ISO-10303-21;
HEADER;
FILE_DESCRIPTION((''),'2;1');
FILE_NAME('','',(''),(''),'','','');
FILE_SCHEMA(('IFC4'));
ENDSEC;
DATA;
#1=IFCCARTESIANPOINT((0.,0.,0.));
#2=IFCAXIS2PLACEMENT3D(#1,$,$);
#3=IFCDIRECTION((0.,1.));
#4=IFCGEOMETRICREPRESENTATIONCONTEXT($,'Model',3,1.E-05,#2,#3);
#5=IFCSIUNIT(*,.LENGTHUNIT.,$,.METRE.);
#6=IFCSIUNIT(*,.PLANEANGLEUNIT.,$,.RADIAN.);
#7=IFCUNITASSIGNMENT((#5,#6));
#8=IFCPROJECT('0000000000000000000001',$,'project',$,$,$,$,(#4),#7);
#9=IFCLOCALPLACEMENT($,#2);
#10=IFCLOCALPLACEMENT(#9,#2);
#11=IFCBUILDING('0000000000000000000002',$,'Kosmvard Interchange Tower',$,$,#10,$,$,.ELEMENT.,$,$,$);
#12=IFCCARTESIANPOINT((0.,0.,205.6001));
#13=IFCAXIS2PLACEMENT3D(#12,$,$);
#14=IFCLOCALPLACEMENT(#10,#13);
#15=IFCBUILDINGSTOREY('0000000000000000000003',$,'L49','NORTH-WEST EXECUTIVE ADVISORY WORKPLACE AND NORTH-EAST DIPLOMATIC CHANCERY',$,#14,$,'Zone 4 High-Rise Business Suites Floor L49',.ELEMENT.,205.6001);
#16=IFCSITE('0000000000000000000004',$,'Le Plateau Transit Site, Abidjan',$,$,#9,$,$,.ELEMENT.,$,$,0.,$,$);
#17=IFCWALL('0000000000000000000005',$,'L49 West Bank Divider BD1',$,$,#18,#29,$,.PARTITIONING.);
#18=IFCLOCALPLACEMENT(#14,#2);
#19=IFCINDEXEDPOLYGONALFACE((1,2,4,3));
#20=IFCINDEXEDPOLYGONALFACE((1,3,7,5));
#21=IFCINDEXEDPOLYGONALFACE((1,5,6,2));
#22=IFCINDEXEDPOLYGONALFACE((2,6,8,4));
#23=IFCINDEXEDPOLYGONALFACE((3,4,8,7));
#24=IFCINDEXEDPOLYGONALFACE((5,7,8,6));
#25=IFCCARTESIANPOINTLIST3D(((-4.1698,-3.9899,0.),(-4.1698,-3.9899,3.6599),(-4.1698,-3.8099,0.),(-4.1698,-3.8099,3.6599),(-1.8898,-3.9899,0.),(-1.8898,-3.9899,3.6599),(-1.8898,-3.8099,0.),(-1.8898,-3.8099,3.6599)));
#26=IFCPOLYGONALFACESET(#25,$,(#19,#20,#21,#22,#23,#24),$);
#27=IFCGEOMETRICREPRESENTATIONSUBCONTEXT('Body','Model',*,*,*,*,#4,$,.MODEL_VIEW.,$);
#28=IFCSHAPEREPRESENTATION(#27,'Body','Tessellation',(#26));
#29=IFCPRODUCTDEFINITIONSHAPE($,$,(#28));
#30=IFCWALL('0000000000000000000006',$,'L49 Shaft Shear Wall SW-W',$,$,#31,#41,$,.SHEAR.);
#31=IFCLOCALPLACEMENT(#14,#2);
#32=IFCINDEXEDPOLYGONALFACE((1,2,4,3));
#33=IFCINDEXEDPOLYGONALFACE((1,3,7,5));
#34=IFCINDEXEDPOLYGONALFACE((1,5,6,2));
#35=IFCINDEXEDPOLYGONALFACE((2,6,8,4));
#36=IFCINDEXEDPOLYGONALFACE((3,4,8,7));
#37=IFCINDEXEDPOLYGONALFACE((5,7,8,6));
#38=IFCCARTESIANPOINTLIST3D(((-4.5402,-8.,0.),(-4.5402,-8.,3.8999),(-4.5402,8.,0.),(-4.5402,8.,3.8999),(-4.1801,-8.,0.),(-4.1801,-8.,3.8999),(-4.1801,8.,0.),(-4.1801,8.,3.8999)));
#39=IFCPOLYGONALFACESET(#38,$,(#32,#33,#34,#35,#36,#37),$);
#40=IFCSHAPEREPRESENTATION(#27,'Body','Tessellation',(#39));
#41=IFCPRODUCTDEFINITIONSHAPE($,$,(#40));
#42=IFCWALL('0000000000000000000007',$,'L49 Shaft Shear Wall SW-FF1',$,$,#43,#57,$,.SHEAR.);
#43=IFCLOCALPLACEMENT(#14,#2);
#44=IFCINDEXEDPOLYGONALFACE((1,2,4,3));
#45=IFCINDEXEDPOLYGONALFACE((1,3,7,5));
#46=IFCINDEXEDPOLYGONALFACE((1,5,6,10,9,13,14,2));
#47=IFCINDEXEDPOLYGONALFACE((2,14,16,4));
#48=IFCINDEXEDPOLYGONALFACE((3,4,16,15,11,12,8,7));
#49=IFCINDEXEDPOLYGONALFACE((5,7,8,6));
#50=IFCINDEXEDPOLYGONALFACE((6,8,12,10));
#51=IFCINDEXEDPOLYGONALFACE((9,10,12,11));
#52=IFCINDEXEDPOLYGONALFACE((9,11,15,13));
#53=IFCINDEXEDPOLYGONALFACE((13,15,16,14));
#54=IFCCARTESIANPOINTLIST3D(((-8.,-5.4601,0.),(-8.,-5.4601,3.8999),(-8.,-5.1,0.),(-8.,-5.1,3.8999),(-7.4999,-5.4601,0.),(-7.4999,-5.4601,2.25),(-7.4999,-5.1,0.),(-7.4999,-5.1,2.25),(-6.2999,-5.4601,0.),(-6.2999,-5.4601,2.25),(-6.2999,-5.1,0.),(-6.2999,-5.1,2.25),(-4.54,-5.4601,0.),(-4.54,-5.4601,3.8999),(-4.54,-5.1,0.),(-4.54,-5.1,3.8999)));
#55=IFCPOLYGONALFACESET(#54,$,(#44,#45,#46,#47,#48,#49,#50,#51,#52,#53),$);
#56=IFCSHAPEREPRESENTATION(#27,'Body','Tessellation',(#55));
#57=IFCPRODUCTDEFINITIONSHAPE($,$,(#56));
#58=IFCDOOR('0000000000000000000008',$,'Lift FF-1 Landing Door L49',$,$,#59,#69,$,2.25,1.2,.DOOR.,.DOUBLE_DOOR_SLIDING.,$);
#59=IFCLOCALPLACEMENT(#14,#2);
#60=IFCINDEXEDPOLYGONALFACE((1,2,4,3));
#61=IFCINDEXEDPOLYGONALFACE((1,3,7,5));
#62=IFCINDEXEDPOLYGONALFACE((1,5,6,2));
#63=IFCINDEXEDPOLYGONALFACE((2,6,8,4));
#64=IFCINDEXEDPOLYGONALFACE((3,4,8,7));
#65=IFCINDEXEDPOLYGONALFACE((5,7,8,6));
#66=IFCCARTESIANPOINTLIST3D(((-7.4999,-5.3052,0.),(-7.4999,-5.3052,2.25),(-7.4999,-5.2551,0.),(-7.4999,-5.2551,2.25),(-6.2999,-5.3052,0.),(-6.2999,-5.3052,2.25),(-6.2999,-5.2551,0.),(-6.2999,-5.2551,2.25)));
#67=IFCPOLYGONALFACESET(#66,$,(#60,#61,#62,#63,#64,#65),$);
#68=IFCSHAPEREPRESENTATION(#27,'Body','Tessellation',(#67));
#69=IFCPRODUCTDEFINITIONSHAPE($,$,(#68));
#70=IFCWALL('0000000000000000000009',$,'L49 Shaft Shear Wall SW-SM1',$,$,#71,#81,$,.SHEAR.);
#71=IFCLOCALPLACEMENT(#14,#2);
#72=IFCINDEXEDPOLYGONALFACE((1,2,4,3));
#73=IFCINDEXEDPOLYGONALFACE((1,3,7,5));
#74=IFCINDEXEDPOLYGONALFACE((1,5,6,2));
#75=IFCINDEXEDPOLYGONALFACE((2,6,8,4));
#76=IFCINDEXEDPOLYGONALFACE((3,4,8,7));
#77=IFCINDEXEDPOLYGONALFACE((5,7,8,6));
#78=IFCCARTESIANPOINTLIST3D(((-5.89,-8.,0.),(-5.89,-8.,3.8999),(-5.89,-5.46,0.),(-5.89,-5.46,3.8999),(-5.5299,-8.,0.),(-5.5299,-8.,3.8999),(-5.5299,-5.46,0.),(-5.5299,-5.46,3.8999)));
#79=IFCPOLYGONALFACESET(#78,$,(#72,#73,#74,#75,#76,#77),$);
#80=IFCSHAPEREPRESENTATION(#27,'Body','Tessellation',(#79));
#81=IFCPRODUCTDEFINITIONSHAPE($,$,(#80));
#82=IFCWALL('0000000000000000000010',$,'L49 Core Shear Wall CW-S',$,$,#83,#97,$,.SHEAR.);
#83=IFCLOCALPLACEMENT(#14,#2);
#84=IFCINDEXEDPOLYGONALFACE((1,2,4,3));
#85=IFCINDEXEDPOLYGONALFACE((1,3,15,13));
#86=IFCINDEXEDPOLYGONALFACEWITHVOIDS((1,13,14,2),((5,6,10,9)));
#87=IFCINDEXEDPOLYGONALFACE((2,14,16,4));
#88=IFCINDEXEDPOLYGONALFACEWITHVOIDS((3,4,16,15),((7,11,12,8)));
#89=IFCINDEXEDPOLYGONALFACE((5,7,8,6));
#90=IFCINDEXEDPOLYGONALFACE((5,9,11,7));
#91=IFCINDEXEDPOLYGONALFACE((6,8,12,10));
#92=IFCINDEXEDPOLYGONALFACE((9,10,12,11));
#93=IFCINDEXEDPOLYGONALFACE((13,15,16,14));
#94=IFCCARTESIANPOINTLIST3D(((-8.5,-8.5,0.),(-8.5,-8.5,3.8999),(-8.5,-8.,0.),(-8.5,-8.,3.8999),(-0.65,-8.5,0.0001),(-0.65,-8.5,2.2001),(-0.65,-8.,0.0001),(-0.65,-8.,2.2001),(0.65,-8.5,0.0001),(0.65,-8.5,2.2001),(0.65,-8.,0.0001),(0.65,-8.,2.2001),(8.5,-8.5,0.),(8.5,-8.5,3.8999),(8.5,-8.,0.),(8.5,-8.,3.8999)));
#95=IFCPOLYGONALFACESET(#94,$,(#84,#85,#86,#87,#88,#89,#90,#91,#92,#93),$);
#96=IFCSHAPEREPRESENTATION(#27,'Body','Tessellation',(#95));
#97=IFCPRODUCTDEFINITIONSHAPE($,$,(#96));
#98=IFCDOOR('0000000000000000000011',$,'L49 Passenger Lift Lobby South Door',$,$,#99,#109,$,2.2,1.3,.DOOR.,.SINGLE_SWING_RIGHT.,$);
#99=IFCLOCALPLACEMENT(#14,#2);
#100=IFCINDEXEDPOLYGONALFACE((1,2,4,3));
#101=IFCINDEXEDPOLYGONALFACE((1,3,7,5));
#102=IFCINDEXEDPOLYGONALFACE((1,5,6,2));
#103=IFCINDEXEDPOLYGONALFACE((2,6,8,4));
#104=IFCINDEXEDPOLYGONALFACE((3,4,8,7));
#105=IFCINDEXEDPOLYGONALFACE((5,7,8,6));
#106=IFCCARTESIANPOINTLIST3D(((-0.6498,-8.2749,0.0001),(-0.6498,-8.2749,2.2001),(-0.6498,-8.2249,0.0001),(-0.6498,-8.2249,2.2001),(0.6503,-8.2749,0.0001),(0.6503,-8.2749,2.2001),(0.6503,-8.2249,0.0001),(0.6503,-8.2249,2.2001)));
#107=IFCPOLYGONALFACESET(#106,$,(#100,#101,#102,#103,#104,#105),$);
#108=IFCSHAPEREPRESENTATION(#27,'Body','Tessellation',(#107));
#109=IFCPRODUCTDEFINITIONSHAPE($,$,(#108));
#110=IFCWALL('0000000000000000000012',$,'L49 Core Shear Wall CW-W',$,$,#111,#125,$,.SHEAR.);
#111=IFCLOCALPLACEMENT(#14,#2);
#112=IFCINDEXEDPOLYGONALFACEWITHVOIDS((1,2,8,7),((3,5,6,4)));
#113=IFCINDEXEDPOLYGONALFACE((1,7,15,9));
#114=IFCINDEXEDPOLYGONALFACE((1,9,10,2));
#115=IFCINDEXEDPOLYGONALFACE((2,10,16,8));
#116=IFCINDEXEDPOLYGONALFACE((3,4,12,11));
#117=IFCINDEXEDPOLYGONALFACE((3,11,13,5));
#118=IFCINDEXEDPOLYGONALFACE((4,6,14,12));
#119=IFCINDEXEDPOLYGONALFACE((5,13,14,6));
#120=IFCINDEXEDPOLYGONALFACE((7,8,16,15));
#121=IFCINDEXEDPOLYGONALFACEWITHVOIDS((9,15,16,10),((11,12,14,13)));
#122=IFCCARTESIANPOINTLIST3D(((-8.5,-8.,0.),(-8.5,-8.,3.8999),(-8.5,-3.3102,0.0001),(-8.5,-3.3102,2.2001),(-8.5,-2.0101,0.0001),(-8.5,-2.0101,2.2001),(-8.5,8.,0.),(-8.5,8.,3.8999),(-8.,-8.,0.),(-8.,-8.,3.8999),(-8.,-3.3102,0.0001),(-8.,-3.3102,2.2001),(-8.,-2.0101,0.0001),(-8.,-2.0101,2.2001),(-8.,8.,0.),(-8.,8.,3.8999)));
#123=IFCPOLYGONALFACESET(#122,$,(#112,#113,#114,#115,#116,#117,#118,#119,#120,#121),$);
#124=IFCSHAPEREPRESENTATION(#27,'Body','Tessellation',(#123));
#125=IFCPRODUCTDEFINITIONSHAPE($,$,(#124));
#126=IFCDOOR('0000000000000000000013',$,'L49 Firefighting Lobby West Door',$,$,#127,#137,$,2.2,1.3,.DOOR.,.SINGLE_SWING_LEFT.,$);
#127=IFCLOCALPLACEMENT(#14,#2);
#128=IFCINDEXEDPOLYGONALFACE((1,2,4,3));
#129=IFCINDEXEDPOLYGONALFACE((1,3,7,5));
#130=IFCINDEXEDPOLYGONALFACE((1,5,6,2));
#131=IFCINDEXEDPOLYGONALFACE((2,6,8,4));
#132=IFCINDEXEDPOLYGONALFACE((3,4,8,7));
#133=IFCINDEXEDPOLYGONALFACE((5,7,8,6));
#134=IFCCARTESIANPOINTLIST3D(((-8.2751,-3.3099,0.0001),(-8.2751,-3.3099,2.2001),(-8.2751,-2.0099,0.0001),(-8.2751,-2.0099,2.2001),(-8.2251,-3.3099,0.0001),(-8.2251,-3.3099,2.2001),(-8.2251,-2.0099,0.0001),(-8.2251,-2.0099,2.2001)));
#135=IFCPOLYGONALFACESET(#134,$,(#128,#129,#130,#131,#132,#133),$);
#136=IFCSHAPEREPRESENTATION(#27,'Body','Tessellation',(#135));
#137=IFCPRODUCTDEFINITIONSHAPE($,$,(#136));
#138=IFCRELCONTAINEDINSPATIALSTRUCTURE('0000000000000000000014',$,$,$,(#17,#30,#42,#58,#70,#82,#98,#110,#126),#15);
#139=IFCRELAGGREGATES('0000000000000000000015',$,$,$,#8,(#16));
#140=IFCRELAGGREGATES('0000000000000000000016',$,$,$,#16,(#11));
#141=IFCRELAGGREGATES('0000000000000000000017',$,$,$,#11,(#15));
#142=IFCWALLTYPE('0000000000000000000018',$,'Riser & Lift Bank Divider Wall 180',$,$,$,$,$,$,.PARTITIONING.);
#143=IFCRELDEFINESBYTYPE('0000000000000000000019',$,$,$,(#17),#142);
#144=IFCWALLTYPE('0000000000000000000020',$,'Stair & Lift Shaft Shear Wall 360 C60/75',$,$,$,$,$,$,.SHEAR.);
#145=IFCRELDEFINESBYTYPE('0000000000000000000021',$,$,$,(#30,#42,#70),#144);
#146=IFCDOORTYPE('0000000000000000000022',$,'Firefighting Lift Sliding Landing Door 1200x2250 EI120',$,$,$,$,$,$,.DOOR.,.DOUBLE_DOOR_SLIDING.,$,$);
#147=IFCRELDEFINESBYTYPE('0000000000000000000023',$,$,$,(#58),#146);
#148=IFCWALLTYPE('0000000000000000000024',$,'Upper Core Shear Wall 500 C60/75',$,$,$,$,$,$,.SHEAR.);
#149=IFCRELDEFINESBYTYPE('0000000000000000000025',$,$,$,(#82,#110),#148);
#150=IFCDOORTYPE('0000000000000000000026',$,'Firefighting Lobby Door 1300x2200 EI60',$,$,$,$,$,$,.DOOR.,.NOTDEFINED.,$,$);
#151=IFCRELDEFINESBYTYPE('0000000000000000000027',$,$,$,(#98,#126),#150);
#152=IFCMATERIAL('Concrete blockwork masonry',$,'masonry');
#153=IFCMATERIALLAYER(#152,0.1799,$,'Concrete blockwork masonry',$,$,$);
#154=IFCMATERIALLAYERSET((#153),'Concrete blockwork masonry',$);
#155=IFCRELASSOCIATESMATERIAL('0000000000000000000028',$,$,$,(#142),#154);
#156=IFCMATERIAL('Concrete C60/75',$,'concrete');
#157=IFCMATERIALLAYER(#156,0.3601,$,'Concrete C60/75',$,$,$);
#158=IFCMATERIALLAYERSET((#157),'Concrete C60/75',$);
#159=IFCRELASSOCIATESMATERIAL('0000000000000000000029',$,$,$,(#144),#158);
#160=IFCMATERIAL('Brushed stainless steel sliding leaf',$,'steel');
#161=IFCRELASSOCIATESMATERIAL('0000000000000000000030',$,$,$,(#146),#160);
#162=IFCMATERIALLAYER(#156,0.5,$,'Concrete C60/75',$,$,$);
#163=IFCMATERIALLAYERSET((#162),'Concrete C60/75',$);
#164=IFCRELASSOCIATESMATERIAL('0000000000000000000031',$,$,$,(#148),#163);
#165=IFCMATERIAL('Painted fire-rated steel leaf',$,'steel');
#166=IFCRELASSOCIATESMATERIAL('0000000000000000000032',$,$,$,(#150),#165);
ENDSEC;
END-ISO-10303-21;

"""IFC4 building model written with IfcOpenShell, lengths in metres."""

from ifc_helpers import new_model, si_unit, direction, frame, frame_2d, origin, place, context, subcontext, project, spatial, rectangle, extrude, source, transform, mapped, material, layer, layer_set, type_object, element, fill, save


model = new_model("IFC4")

# Units and contexts
model_context = context("Model", 3, precision=1e-05, world=origin(), true_north=direction((0.0, 1.0)))
body_context = subcontext(model_context, "Body", "Model", "MODEL_VIEW")
ifc_project = project(units=[si_unit("LENGTHUNIT", "METRE"), si_unit("PLANEANGLEUNIT", "RADIAN")], contexts=[model_context])

# Site, building, storey
site_placement = place(None, origin())
site = spatial("IfcSite", under=ifc_project, at=site_placement, Name="Le Plateau Transit Site, Abidjan", CompositionType="ELEMENT", RefElevation=0.0)
building_placement = place(site_placement, origin())
building = spatial("IfcBuilding", under=site, at=building_placement, Name="Kosmvard Interchange Tower", CompositionType="ELEMENT")
storey_placement = place(building_placement, frame((0.0, 0.0, 205.6001)))
storey = spatial("IfcBuildingStorey", under=building, at=storey_placement, Name="L49", Description="NORTH-WEST EXECUTIVE ADVISORY WORKPLACE AND NORTH-EAST DIPLOMATIC CHANCERY", LongName="Zone 4 High-Rise Business Suites Floor L49", CompositionType="ELEMENT", Elevation=205.6001)

# Shared definitions
ifc_material_1 = material(Name="Concrete C60/75", Category="concrete")

# Shared definitions
ifc_material_2 = material(Name="Painted fire-rated steel leaf", Category="steel")
ifc_material_3 = material(Name="Brushed stainless steel sliding leaf", Category="steel")

# Walls
ifc_material_4 = material(Name="Concrete blockwork masonry", Category="masonry")
ifc_layer_1 = layer(ifc_material_4, 0.1799, Name="Concrete blockwork masonry")
ifc_layer_set_1 = layer_set([ifc_layer_1], Name="Concrete blockwork masonry")
wall_type_1 = type_object("IfcWallType", Name="Riser & Lift Bank Divider Wall 180", PredefinedType="PARTITIONING", material=ifc_layer_set_1)
wall_1_placement = place(storey_placement, frame((-4.1699, -3.8999, 0.0), z_axis=(0.0, 0.0, 1.0), x_axis=(1.0, 0.0, 0.0)))
element("IfcWall", 1, at=wall_1_placement, inside=storey, type_object=wall_type_1, Name="L49 West Bank Divider BD1", PredefinedType="PARTITIONING", context=body_context, shape_type="SweptSolid", body=[
    extrude(rectangle(XDim=2.28, YDim=0.1799, at=frame_2d((1.1401, 0.0))), origin(), (0.0, 0.0, 1.0), 3.6599),
])
ifc_layer_2 = layer(ifc_material_1, 0.3601, Name="Concrete C60/75")
ifc_layer_set_2 = layer_set([ifc_layer_2], Name="Concrete C60/75")
wall_type_2 = type_object("IfcWallType", Name="Stair & Lift Shaft Shear Wall 360 C60/75", PredefinedType="SHEAR", material=ifc_layer_set_2)
wall_2_placement = place(storey_placement, frame((-4.3601, -8.0, 0.0), z_axis=(0.0, 0.0, 1.0), x_axis=(0.0, 1.0, 0.0)))
element("IfcWall", 2, at=wall_2_placement, inside=storey, type_object=wall_type_2, Name="L49 Shaft Shear Wall SW-W", PredefinedType="SHEAR", context=body_context, shape_type="SweptSolid", body=[
    extrude(rectangle(XDim=16.0, YDim=0.3601, at=frame_2d((8.0, 0.0))), origin(), (0.0, 0.0, 1.0), 3.8999),
])

# Wall, opening, door
wall_3_placement = place(storey_placement, frame((-8.0, -5.28, 0.0), z_axis=(0.0, 0.0, 1.0), x_axis=(1.0, 0.0, 0.0)))
wall_3 = element("IfcWall", 3, at=wall_3_placement, inside=storey, type_object=wall_type_2, Name="L49 Shaft Shear Wall SW-FF1", PredefinedType="SHEAR", context=body_context, shape_type="SweptSolid", body=[
    extrude(rectangle(XDim=3.46, YDim=0.3601, at=frame_2d((1.73, 0.0))), origin(), (0.0, 0.0, 1.0), 3.8999),
])
opening_1_placement = place(wall_3_placement, frame((0.5, 0.0, 0.0)))
opening_1 = element("IfcOpeningElement", 4, at=opening_1_placement, cuts=wall_3, PredefinedType="OPENING", context=body_context, shape_type="SweptSolid", body=[
    extrude(rectangle(XDim=1.2, YDim=2.25, at=frame_2d((0.6001, 1.125))), frame((0.0, 0.1899, 0.0), z_axis=(0.0, -1.0, 0.0), x_axis=(1.0, 0.0, 0.0)), (0.0, 0.0, 1.0), 0.3801),
])
door_type_1 = type_object("IfcDoorType", Name="Firefighting Lift Sliding Landing Door 1200x2250 EI120", OperationType="DOUBLE_DOOR_SLIDING", PredefinedType="DOOR", material=ifc_material_3)
shared_shape_1 = source(origin(), body_context, "Body", "SweptSolid", [
    extrude(rectangle(XDim=1.2, YDim=2.25, at=frame_2d((0.6001, 1.125))), frame((0.0, 0.0249, 0.0), z_axis=(0.0, -1.0, 0.0), x_axis=(1.0, 0.0, 0.0)), (0.0, 0.0, 1.0), 0.05),
])
door_1_placement = place(opening_1_placement, origin())
door_1 = element("IfcDoor", 5, at=door_1_placement, inside=storey, type_object=door_type_1, Name="Lift FF-1 Landing Door L49", OperationType="DOUBLE_DOOR_SLIDING", OverallHeight=2.25, OverallWidth=1.2, PredefinedType="DOOR", context=body_context, shape_type="MappedRepresentation", body=[
    mapped(shared_shape_1, transform((0.0, 0.0, 0.0), scale=1.0)),
])
fill(opening_1, door_1)

# Wall
wall_4_placement = place(storey_placement, frame((-5.71, -8.0, 0.0), z_axis=(0.0, 0.0, 1.0), x_axis=(0.0, 1.0, 0.0)))
element("IfcWall", 6, at=wall_4_placement, inside=storey, type_object=wall_type_2, Name="L49 Shaft Shear Wall SW-SM1", PredefinedType="SHEAR", context=body_context, shape_type="SweptSolid", body=[
    extrude(rectangle(XDim=2.54, YDim=0.3601, at=frame_2d((1.27, 0.0))), origin(), (0.0, 0.0, 1.0), 3.8999),
])

# Walls, openings, doors
ifc_layer_3 = layer(ifc_material_1, 0.5, Name="Concrete C60/75")
ifc_layer_set_3 = layer_set([ifc_layer_3], Name="Concrete C60/75")
wall_type_3 = type_object("IfcWallType", Name="Upper Core Shear Wall 500 C60/75", PredefinedType="SHEAR", material=ifc_layer_set_3)
wall_5_placement = place(storey_placement, frame((-8.5, -8.25, 0.0), z_axis=(0.0, 0.0, 1.0), x_axis=(1.0, 0.0, 0.0)))
wall_5 = element("IfcWall", 7, at=wall_5_placement, inside=storey, type_object=wall_type_3, Name="L49 Core Shear Wall CW-S", PredefinedType="SHEAR", context=body_context, shape_type="SweptSolid", body=[
    extrude(rectangle(XDim=17.0, YDim=0.5, at=frame_2d((8.5, 0.0))), origin(), (0.0, 0.0, 1.0), 3.8999),
])
opening_2_placement = place(wall_5_placement, frame((7.8501, 0.0, 0.0)))
opening_2 = element("IfcOpeningElement", 8, at=opening_2_placement, cuts=wall_5, PredefinedType="OPENING", context=body_context, shape_type="SweptSolid", body=[
    extrude(rectangle(XDim=1.3, YDim=2.2, at=frame_2d((0.6499, 1.1001))), frame((0.0, 0.26, 0.0), z_axis=(0.0, -1.0, 0.0), x_axis=(1.0, 0.0, 0.0)), (0.0, 0.0, 1.0), 0.52),
])
door_type_2 = type_object("IfcDoorType", Name="Firefighting Lobby Door 1300x2200 EI60", OperationType="NOTDEFINED", PredefinedType="DOOR", material=ifc_material_2)
shared_shape_2 = source(origin(), body_context, "Body", "SweptSolid", [
    extrude(rectangle(XDim=1.3, YDim=2.2, at=frame_2d((0.6499, 1.1001))), frame((0.0, 0.0249, 0.0), z_axis=(0.0, -1.0, 0.0), x_axis=(1.0, 0.0, 0.0)), (0.0, 0.0, 1.0), 0.05),
])
door_2_placement = place(opening_2_placement, frame((1.3, 0.0, 0.0), z_axis=(0.0, 0.0, 1.0), x_axis=(-1.0, 0.0, 0.0)))
door_2 = element("IfcDoor", 9, at=door_2_placement, inside=storey, type_object=door_type_2, Name="L49 Passenger Lift Lobby South Door", OperationType="SINGLE_SWING_RIGHT", OverallHeight=2.2, OverallWidth=1.3, PredefinedType="DOOR", context=body_context, shape_type="MappedRepresentation", body=[
    mapped(shared_shape_2, transform((0.0, 0.0, 0.0), scale=1.0)),
])
fill(opening_2, door_2)
wall_6_placement = place(storey_placement, frame((-8.25, -8.0, 0.0), z_axis=(0.0, 0.0, 1.0), x_axis=(0.0, 1.0, 0.0)))
wall_6 = element("IfcWall", 10, at=wall_6_placement, inside=storey, type_object=wall_type_3, Name="L49 Core Shear Wall CW-W", PredefinedType="SHEAR", context=body_context, shape_type="SweptSolid", body=[
    extrude(rectangle(XDim=16.0, YDim=0.5, at=frame_2d((8.0, 0.0))), origin(), (0.0, 0.0, 1.0), 3.8999),
])
opening_3_placement = place(wall_6_placement, frame((4.6899, 0.0, 0.0)))
opening_3 = element("IfcOpeningElement", 11, at=opening_3_placement, cuts=wall_6, PredefinedType="OPENING", context=body_context, shape_type="SweptSolid", body=[
    extrude(rectangle(XDim=1.3, YDim=2.2, at=frame_2d((0.6499, 1.1001))), frame((0.0, 0.26, 0.0), z_axis=(0.0, -1.0, 0.0), x_axis=(1.0, 0.0, 0.0)), (0.0, 0.0, 1.0), 0.52),
])
door_3_placement = place(opening_3_placement, frame((1.3, 0.0, 0.0), z_axis=(0.0, 0.0, 1.0), x_axis=(-1.0, 0.0, 0.0)))
door_3 = element("IfcDoor", 12, at=door_3_placement, inside=storey, type_object=door_type_2, Name="L49 Firefighting Lobby West Door", OperationType="SINGLE_SWING_LEFT", OverallHeight=2.2, OverallWidth=1.3, PredefinedType="DOOR", context=body_context, shape_type="MappedRepresentation", body=[
    mapped(shared_shape_2, transform((0.0, 0.0, 0.0), scale=1.0)),
])
fill(opening_3, door_3)

save(model, "model.ifc")
